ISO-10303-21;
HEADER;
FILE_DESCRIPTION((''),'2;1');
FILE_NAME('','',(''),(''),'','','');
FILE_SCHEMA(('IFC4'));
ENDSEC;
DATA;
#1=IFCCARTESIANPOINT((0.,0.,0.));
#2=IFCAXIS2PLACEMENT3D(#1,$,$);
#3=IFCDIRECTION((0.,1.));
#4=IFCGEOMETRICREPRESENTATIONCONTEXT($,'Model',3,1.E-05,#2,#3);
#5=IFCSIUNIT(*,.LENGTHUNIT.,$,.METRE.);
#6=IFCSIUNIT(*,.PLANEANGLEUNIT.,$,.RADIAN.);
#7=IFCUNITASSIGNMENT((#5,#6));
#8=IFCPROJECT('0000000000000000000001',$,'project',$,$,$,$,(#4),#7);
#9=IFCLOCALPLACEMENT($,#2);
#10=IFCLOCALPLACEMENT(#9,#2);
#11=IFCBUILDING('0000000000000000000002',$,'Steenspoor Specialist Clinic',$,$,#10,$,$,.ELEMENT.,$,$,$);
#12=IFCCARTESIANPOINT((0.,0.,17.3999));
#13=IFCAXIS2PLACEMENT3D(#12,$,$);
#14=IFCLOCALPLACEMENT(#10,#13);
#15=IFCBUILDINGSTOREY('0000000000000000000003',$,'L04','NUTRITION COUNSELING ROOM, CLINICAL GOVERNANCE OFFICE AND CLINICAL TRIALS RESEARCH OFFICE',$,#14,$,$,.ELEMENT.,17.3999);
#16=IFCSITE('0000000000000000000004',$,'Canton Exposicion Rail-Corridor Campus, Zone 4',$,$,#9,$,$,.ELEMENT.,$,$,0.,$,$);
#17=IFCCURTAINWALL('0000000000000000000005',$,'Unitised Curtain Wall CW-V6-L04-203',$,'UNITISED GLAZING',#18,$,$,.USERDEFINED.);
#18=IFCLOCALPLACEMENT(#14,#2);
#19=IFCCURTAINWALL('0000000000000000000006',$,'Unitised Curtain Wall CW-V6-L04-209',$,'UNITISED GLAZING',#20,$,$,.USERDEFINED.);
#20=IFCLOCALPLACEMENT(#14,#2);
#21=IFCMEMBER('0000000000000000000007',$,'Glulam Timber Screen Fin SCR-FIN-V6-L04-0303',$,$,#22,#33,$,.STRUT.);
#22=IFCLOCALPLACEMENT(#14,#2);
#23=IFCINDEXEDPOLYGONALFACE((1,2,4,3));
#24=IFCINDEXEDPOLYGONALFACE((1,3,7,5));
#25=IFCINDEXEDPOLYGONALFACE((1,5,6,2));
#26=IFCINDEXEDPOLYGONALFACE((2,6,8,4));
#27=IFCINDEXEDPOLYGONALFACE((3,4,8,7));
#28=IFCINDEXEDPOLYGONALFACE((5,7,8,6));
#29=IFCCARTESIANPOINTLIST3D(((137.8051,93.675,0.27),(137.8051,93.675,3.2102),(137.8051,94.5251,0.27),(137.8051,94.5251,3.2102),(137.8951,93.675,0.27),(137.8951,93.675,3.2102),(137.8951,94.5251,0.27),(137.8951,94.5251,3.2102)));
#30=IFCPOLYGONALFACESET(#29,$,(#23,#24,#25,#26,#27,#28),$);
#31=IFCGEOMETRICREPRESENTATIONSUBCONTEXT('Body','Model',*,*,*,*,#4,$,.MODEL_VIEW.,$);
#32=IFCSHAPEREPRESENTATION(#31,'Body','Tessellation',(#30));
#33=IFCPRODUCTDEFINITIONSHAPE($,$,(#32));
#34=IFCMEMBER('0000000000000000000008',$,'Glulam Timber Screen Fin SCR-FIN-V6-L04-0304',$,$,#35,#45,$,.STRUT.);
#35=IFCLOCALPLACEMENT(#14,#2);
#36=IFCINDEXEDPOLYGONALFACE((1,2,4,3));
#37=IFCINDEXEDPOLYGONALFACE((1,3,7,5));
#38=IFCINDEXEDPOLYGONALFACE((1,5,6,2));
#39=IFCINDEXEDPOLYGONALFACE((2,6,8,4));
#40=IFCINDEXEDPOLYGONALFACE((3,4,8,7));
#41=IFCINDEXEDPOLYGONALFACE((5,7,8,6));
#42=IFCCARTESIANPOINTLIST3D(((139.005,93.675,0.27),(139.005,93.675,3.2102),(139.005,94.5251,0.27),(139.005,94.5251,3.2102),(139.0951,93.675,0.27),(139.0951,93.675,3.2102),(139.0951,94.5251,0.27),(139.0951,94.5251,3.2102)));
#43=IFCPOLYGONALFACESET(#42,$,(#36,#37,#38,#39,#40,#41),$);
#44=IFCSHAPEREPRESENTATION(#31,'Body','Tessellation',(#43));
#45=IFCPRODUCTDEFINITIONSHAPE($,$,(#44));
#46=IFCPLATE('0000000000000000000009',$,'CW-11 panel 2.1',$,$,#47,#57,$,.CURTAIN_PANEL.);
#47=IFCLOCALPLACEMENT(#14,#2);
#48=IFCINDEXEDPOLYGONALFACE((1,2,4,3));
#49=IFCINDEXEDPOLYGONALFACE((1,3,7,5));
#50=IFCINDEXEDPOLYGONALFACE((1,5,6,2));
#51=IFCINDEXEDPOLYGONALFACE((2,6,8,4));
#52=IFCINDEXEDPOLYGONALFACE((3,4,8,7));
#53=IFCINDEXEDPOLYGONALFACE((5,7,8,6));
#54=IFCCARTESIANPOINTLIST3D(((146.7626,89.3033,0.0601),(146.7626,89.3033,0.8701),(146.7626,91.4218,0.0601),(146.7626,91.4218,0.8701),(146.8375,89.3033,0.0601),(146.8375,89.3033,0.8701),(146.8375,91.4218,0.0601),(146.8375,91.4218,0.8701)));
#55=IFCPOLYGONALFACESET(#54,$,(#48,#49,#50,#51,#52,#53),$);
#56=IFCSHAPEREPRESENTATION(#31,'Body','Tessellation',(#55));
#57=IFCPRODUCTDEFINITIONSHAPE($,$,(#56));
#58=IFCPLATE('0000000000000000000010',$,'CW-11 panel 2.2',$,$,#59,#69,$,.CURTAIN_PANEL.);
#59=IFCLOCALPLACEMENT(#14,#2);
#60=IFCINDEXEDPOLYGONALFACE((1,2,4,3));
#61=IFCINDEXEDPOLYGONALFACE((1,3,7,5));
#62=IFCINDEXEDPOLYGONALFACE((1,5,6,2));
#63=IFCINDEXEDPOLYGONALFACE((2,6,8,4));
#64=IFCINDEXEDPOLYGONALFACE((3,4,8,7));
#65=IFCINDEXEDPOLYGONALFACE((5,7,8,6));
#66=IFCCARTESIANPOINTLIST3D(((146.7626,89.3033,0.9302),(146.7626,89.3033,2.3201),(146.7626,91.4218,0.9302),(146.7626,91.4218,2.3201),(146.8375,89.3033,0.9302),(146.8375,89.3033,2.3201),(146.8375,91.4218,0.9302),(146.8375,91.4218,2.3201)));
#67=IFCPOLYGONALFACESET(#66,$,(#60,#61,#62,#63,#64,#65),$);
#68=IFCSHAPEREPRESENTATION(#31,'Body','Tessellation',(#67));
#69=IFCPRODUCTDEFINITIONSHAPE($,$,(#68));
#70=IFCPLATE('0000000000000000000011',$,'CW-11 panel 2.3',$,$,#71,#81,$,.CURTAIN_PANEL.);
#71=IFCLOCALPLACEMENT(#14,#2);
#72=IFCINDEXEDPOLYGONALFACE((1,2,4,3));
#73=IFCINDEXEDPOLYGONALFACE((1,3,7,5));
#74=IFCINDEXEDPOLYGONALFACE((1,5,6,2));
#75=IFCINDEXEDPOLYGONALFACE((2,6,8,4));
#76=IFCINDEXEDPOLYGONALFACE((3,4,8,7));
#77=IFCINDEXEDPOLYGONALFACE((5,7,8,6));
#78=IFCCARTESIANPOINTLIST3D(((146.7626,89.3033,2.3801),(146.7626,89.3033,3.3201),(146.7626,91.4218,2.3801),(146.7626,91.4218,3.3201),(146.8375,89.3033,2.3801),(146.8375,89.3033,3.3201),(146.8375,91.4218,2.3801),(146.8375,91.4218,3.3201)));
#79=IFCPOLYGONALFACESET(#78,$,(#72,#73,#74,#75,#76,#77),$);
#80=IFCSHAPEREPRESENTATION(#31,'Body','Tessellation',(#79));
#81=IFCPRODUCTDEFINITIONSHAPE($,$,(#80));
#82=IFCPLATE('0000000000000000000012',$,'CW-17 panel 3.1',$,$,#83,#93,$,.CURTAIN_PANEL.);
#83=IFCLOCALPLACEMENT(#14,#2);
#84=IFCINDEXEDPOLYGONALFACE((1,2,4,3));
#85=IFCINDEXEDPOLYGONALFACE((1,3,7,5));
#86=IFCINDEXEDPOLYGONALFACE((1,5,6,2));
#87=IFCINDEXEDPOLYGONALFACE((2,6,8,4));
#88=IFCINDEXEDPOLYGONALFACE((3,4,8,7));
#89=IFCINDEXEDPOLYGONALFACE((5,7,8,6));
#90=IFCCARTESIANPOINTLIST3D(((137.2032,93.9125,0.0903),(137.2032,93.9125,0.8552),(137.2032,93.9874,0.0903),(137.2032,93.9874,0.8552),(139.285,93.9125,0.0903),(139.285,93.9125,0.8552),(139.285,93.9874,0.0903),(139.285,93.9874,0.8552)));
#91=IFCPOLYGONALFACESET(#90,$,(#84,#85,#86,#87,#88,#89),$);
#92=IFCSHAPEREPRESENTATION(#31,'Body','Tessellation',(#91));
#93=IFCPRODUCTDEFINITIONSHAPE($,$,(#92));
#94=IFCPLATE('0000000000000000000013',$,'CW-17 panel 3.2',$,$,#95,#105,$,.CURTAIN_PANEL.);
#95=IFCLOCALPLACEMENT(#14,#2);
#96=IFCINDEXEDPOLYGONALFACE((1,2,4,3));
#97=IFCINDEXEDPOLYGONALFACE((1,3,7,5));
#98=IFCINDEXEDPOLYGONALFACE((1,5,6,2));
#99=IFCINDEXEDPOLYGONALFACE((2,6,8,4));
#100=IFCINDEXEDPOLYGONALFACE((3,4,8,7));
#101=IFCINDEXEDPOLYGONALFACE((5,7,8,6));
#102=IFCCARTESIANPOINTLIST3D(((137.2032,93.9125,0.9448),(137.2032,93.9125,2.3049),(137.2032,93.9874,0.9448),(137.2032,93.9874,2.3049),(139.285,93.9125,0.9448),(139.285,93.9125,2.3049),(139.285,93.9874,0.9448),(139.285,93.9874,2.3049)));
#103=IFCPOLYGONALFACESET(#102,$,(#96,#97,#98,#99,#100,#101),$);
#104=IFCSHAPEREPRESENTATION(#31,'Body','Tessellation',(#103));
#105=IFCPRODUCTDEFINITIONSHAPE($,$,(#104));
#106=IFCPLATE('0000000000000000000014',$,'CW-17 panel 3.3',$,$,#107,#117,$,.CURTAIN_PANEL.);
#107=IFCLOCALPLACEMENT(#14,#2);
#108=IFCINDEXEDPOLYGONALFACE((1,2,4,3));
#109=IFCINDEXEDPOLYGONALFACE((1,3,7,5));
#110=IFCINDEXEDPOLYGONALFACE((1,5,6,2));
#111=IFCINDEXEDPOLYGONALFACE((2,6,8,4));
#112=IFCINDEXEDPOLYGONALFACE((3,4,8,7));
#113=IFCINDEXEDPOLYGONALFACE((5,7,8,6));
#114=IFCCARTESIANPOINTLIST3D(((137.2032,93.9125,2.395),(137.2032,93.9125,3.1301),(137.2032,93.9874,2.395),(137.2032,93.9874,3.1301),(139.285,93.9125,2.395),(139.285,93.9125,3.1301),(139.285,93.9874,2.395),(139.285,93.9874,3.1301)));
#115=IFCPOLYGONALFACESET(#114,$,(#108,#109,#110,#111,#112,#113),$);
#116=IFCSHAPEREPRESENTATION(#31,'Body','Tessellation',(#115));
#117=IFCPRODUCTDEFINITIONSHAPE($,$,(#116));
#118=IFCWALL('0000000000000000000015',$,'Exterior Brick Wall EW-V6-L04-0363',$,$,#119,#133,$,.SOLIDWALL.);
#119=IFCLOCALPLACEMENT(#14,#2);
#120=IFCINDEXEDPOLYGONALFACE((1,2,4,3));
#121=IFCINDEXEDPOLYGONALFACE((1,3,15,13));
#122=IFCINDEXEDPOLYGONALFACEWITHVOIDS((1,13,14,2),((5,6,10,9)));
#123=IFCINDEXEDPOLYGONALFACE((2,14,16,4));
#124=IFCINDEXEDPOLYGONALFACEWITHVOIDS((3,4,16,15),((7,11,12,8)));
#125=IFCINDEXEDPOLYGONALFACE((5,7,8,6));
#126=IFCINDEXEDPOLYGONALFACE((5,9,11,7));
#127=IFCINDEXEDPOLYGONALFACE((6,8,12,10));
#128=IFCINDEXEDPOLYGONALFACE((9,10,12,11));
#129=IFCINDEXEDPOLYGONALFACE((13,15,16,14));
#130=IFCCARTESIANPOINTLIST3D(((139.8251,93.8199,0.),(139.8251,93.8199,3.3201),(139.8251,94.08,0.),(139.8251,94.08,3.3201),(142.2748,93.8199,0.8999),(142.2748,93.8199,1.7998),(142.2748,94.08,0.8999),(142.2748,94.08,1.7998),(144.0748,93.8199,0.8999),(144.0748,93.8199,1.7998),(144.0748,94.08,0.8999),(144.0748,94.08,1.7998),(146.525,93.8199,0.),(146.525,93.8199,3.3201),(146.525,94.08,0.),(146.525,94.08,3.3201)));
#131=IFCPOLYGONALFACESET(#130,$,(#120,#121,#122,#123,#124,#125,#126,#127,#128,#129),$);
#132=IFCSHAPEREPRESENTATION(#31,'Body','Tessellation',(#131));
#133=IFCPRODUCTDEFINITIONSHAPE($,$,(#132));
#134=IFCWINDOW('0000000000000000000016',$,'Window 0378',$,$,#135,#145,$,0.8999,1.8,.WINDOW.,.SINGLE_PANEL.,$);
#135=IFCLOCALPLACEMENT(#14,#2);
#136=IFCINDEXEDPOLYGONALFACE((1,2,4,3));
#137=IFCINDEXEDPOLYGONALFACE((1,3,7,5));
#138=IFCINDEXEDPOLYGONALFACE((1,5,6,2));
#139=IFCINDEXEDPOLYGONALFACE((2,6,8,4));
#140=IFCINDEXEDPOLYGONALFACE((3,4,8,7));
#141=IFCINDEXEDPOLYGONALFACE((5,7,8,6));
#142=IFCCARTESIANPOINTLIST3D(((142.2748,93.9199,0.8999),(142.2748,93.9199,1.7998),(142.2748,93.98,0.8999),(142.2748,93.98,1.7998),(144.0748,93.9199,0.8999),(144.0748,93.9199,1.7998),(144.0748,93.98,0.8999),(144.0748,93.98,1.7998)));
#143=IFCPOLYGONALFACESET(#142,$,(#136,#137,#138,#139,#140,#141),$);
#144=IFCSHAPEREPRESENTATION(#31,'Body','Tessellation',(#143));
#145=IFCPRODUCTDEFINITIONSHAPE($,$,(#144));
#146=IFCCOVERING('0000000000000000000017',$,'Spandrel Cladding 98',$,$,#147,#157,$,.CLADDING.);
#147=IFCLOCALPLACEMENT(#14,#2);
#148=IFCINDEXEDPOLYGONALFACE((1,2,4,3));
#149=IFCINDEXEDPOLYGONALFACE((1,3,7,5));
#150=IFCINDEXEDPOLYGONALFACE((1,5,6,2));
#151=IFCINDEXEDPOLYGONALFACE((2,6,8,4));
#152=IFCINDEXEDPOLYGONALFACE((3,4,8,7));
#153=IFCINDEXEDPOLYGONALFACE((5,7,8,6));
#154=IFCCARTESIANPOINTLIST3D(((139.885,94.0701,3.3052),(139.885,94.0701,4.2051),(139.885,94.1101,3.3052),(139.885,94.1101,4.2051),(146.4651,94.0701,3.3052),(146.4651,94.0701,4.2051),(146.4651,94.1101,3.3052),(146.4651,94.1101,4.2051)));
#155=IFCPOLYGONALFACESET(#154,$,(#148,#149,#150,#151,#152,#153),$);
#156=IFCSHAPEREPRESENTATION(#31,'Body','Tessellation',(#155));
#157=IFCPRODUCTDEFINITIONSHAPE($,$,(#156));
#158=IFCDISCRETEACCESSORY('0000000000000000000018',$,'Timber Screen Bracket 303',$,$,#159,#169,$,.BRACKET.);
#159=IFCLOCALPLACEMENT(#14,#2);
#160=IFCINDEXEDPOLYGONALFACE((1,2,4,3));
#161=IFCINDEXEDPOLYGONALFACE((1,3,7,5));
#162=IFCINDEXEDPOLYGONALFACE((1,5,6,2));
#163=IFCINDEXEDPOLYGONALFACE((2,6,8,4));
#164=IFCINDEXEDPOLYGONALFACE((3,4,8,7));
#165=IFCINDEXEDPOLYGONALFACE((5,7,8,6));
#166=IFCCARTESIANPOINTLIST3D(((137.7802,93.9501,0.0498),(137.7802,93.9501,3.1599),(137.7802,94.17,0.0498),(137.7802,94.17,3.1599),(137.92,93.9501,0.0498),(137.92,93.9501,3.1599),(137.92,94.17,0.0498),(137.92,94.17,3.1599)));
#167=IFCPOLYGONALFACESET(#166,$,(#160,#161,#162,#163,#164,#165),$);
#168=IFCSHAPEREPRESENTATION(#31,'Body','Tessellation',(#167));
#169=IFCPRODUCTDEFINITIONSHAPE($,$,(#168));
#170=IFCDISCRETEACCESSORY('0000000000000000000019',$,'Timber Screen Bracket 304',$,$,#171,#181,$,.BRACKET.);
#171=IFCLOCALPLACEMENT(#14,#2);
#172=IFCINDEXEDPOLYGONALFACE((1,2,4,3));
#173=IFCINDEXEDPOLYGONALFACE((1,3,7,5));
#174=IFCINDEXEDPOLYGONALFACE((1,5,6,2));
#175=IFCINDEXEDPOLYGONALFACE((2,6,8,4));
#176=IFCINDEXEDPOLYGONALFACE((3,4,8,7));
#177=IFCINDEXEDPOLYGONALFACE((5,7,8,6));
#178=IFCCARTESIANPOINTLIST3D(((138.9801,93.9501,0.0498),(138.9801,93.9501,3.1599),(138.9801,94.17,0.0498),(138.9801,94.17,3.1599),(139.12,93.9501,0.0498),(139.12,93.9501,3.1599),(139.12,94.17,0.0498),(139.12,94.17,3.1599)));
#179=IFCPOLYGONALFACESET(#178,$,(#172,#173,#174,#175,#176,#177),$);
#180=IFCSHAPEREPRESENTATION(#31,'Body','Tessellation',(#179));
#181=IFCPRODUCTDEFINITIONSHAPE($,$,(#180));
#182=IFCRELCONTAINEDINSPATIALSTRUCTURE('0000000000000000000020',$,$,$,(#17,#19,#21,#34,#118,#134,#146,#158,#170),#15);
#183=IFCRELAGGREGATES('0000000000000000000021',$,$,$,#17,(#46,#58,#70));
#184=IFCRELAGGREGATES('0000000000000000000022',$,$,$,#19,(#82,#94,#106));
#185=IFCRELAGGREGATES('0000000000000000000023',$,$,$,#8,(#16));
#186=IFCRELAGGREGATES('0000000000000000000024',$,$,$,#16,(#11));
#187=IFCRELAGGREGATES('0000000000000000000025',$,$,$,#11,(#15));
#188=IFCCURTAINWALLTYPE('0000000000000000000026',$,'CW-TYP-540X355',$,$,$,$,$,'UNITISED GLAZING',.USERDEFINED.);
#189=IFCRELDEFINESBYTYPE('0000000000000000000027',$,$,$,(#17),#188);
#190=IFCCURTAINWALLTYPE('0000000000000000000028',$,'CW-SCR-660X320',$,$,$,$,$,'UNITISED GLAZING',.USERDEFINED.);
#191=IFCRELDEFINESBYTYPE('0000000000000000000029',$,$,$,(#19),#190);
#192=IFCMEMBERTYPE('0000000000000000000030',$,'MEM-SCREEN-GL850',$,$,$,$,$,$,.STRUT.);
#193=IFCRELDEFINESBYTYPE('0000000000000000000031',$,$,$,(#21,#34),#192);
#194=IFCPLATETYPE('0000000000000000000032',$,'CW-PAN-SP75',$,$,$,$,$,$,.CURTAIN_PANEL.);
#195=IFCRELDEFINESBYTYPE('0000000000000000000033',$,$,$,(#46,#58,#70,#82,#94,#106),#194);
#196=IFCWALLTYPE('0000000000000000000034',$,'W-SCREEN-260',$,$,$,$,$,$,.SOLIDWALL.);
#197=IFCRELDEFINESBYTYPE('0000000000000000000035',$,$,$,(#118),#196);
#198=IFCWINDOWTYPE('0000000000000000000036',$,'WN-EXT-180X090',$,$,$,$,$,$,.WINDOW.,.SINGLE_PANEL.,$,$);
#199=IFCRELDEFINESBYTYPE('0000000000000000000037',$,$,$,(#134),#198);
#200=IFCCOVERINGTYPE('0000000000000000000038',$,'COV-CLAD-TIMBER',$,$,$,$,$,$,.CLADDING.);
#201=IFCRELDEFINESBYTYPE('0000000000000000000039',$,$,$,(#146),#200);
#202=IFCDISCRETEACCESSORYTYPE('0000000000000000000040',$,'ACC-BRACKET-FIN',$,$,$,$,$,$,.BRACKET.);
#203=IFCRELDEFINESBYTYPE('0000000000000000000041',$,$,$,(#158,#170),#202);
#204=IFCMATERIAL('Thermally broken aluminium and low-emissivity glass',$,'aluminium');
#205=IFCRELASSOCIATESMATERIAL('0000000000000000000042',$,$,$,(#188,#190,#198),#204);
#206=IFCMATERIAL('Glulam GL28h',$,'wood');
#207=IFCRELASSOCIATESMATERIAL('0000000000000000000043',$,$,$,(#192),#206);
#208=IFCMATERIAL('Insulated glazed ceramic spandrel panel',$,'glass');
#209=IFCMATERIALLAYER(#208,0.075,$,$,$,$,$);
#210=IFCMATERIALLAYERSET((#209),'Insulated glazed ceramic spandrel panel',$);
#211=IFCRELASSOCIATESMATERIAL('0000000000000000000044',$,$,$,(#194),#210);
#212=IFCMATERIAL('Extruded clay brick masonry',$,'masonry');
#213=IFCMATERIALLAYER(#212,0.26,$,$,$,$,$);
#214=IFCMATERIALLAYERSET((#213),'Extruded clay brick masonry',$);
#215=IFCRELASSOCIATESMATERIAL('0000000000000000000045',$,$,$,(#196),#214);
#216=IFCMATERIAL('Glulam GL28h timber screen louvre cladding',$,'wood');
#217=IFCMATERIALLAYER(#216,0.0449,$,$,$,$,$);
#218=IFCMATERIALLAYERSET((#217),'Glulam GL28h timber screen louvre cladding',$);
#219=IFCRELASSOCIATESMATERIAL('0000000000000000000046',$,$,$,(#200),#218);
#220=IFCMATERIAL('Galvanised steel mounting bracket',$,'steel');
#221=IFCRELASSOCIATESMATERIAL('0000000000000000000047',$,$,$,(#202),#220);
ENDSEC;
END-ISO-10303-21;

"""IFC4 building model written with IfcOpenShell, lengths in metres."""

from ifc_helpers import new_model, si_unit, direction, frame, frame_2d, origin, origin_2d, place, context, subcontext, project, spatial, rectangle, extrude, material, layer, layer_set, material_profile, profile_set, type_object, element, fill, aggregate, save


model = new_model("IFC4")

# Units and contexts
model_context = context("Model", 3, precision=1e-05, world=origin(), true_north=direction((0.0, 1.0)))
body_context = subcontext(model_context, "Body", "Model", "MODEL_VIEW")
ifc_project = project(units=[si_unit("LENGTHUNIT", "METRE"), si_unit("PLANEANGLEUNIT", "RADIAN")], contexts=[model_context])

# Site, building, storey
site_placement = place(None, origin())
site = spatial("IfcSite", under=ifc_project, at=site_placement, Name="Canton Exposicion Rail-Corridor Campus, Zone 4", CompositionType="ELEMENT", RefElevation=0.0)
building_placement = place(site_placement, origin())
building = spatial("IfcBuilding", under=site, at=building_placement, Name="Steenspoor Specialist Clinic", CompositionType="ELEMENT")
storey_placement = place(building_placement, frame((0.0, 0.0, 17.3999)))
storey = spatial("IfcBuildingStorey", under=building, at=storey_placement, Name="L04", Description="NUTRITION COUNSELING ROOM, CLINICAL GOVERNANCE OFFICE AND CLINICAL TRIALS RESEARCH OFFICE", CompositionType="ELEMENT", Elevation=17.3999)

# Curtain wall
ifc_material_1 = material(Name="Thermally broken aluminium and low-emissivity glass", Category="aluminium")
curtain_wall_type_1 = type_object("IfcCurtainWallType", Name="CW-TYP-540X355", ElementType="UNITISED GLAZING", PredefinedType="USERDEFINED", material=ifc_material_1)
curtain_wall_1_placement = place(storey_placement, origin())
curtain_wall_1 = element("IfcCurtainWall", 1, at=curtain_wall_1_placement, inside=storey, type_object=curtain_wall_type_1, Name="Unitised Curtain Wall CW-V6-L04-203", ObjectType="UNITISED GLAZING", PredefinedType="USERDEFINED")

# Curtain wall
curtain_wall_type_2 = type_object("IfcCurtainWallType", Name="CW-SCR-660X320", ElementType="UNITISED GLAZING", PredefinedType="USERDEFINED", material=ifc_material_1)
curtain_wall_2_placement = place(storey_placement, origin())
curtain_wall_2 = element("IfcCurtainWall", 2, at=curtain_wall_2_placement, inside=storey, type_object=curtain_wall_type_2, Name="Unitised Curtain Wall CW-V6-L04-209", ObjectType="UNITISED GLAZING", PredefinedType="USERDEFINED")

# Members
ifc_material_2 = material(Name="Glulam GL28h", Category="wood")
ifc_material_profile_1 = material_profile(ifc_material_2, rectangle(XDim=0.0901, YDim=0.8501, at=origin_2d()), Name="GL28H-90X850")
ifc_profile_set_1 = profile_set([ifc_material_profile_1], Name="Glulam GL28h")
member_type_1 = type_object("IfcMemberType", Name="MEM-SCREEN-GL850", PredefinedType="STRUT", material=ifc_profile_set_1)
for number, where, z_axis, x_axis, name in (
    (3, (137.8501, 94.1001, 0.27), (0.0, 0.0, 1.0), (1.0, 0.0, 0.0), "Glulam Timber Screen Fin SCR-FIN-V6-L04-0303"),
    (4, (139.05, 94.1001, 0.27), (0.0, 0.0, 1.0), (1.0, 0.0, 0.0), "Glulam Timber Screen Fin SCR-FIN-V6-L04-0304"),
):
    element("IfcMember", number, at=place(storey_placement, frame(where, z_axis=z_axis, x_axis=x_axis)), inside=storey, type_object=member_type_1, Name=name, PredefinedType="STRUT", context=body_context, shape_type="SweptSolid", body=[
        extrude(rectangle(XDim=0.0901, YDim=0.8501, at=origin_2d()), origin(), (0.0, 0.0, 1.0), 2.9402),
    ])

# Plates
ifc_material_3 = material(Name="Insulated glazed ceramic spandrel panel", Category="glass")
ifc_layer_1 = layer(ifc_material_3, 0.075)
ifc_layer_set_1 = layer_set([ifc_layer_1], Name="Insulated glazed ceramic spandrel panel")
plate_type = type_object("IfcPlateType", Name="CW-PAN-SP75", PredefinedType="CURTAIN_PANEL", material=ifc_layer_set_1)
plate_1_placement = place(storey_placement, frame((146.8, 90.3625, 0.0601), z_axis=(0.0, 0.0, 1.0), x_axis=(0.0, -1.0, 0.0)))
plate_1 = element("IfcPlate", 5, at=plate_1_placement, type_object=plate_type, Name="CW-11 panel 2.1", PredefinedType="CURTAIN_PANEL", context=body_context, shape_type="SweptSolid", body=[
    extrude(rectangle(XDim=2.1184, YDim=0.075, at=origin_2d()), origin(), (0.0, 0.0, 1.0), 0.8101),
])
plate_2_placement = place(storey_placement, frame((146.8, 90.3625, 0.9302), z_axis=(0.0, 0.0, 1.0), x_axis=(0.0, -1.0, 0.0)))
plate_2 = element("IfcPlate", 6, at=plate_2_placement, type_object=plate_type, Name="CW-11 panel 2.2", PredefinedType="CURTAIN_PANEL", context=body_context, shape_type="SweptSolid", body=[
    extrude(rectangle(XDim=2.1184, YDim=0.075, at=origin_2d()), origin(), (0.0, 0.0, 1.0), 1.3899),
])
plate_3_placement = place(storey_placement, frame((146.8, 90.3625, 2.3801), z_axis=(0.0, 0.0, 1.0), x_axis=(0.0, -1.0, 0.0)))
plate_3 = element("IfcPlate", 7, at=plate_3_placement, type_object=plate_type, Name="CW-11 panel 2.3", PredefinedType="CURTAIN_PANEL", context=body_context, shape_type="SweptSolid", body=[
    extrude(rectangle(XDim=2.1184, YDim=0.075, at=origin_2d()), origin(), (0.0, 0.0, 1.0), 0.9399),
])
aggregate(curtain_wall_1, [plate_1, plate_2, plate_3])
plate_4_placement = place(storey_placement, frame((138.2441, 93.95, 0.0903), z_axis=(0.0, 0.0, 1.0), x_axis=(1.0, 0.0, 0.0)))
plate_4 = element("IfcPlate", 8, at=plate_4_placement, type_object=plate_type, Name="CW-17 panel 3.1", PredefinedType="CURTAIN_PANEL", context=body_context, shape_type="SweptSolid", body=[
    extrude(rectangle(XDim=2.0818, YDim=0.075, at=origin_2d()), origin(), (0.0, 0.0, 1.0), 0.7649),
])
plate_5_placement = place(storey_placement, frame((138.2441, 93.95, 0.9448), z_axis=(0.0, 0.0, 1.0), x_axis=(1.0, 0.0, 0.0)))
plate_5 = element("IfcPlate", 9, at=plate_5_placement, type_object=plate_type, Name="CW-17 panel 3.2", PredefinedType="CURTAIN_PANEL", context=body_context, shape_type="SweptSolid", body=[
    extrude(rectangle(XDim=2.0818, YDim=0.075, at=origin_2d()), origin(), (0.0, 0.0, 1.0), 1.3601),
])
plate_6_placement = place(storey_placement, frame((138.2441, 93.95, 2.395), z_axis=(0.0, 0.0, 1.0), x_axis=(1.0, 0.0, 0.0)))
plate_6 = element("IfcPlate", 10, at=plate_6_placement, type_object=plate_type, Name="CW-17 panel 3.3", PredefinedType="CURTAIN_PANEL", context=body_context, shape_type="SweptSolid", body=[
    extrude(rectangle(XDim=2.0818, YDim=0.075, at=origin_2d()), origin(), (0.0, 0.0, 1.0), 0.7351),
])
aggregate(curtain_wall_2, [plate_4, plate_5, plate_6])

# Wall, opening, window
ifc_material_4 = material(Name="Extruded clay brick masonry", Category="masonry")
ifc_layer_2 = layer(ifc_material_4, 0.26)
ifc_layer_set_2 = layer_set([ifc_layer_2], Name="Extruded clay brick masonry")
wall_type = type_object("IfcWallType", Name="W-SCREEN-260", PredefinedType="SOLIDWALL", material=ifc_layer_set_2)
wall_placement = place(storey_placement, frame((139.825, 93.95, 0.0), z_axis=(0.0, 0.0, 1.0), x_axis=(1.0, 0.0, 0.0)))
wall = element("IfcWall", 11, at=wall_placement, inside=storey, type_object=wall_type, Name="Exterior Brick Wall EW-V6-L04-0363", PredefinedType="SOLIDWALL", context=body_context, shape_type="SweptSolid", body=[
    extrude(rectangle(XDim=6.7, YDim=0.26, at=frame_2d((3.3501, 0.0))), origin(), (0.0, 0.0, 1.0), 3.3201),
])
opening_placement = place(wall_placement, frame((2.45, 0.0, 0.8999)))
opening = element("IfcOpeningElement", 12, at=opening_placement, cuts=wall, PredefinedType="OPENING", context=body_context, shape_type="SweptSolid", body=[
    extrude(rectangle(XDim=1.8, YDim=0.8999, at=frame_2d((0.8999, 0.45))), frame((0.0, 0.1401, 0.0), z_axis=(0.0, -1.0, 0.0), x_axis=(1.0, 0.0, 0.0)), (0.0, 0.0, 1.0), 0.28),
])
window_type = type_object("IfcWindowType", Name="WN-EXT-180X090", PartitioningType="SINGLE_PANEL", PredefinedType="WINDOW", material=ifc_material_1)
window_placement = place(opening_placement, origin())
window = element("IfcWindow", 13, at=window_placement, inside=storey, type_object=window_type, Name="Window 0378", OverallHeight=0.8999, OverallWidth=1.8, PartitioningType="SINGLE_PANEL", PredefinedType="WINDOW", context=body_context, shape_type="SweptSolid", body=[
    extrude(rectangle(XDim=1.8, YDim=0.8999, at=frame_2d((0.8999, 0.45))), frame((0.0, 0.03, 0.0), z_axis=(0.0, -1.0, 0.0), x_axis=(1.0, 0.0, 0.0)), (0.0, 0.0, 1.0), 0.0601),
])
fill(opening, window)

# Covering
ifc_material_5 = material(Name="Glulam GL28h timber screen louvre cladding", Category="wood")
ifc_layer_3 = layer(ifc_material_5, 0.0449)
ifc_layer_set_3 = layer_set([ifc_layer_3], Name="Glulam GL28h timber screen louvre cladding")
covering_type = type_object("IfcCoveringType", Name="COV-CLAD-TIMBER", PredefinedType="CLADDING", material=ifc_layer_set_3)
covering_placement = place(storey_placement, frame((143.175, 94.0901, 3.3052), z_axis=(0.0, 0.0, 1.0), x_axis=(1.0, 0.0, 0.0)))
element("IfcCovering", 14, at=covering_placement, inside=storey, type_object=covering_type, Name="Spandrel Cladding 98", PredefinedType="CLADDING", context=body_context, shape_type="SweptSolid", body=[
    extrude(rectangle(XDim=6.5801, YDim=0.04, at=origin_2d()), origin(), (0.0, 0.0, 1.0), 0.8999),
])

# Discrete accessories
ifc_material_6 = material(Name="Galvanised steel mounting bracket", Category="steel")
discrete_accessory_type = type_object("IfcDiscreteAccessoryType", Name="ACC-BRACKET-FIN", PredefinedType="BRACKET", material=ifc_material_6)
for number, where, z_axis, x_axis, name in (
    (15, (137.8501, 94.0601, 0.0498), (0.0, 0.0, 1.0), (0.0, 1.0, 0.0), "Timber Screen Bracket 303"),
    (16, (139.05, 94.0601, 0.0498), (0.0, 0.0, 1.0), (0.0, 1.0, 0.0), "Timber Screen Bracket 304"),
):
    element("IfcDiscreteAccessory", number, at=place(storey_placement, frame(where, z_axis=z_axis, x_axis=x_axis)), inside=storey, type_object=discrete_accessory_type, Name=name, PredefinedType="BRACKET", context=body_context, shape_type="SweptSolid", body=[
        extrude(rectangle(XDim=0.22, YDim=0.1399, at=origin_2d()), origin(), (0.0, 0.0, 1.0), 3.1101),
    ])

save(model, "model.ifc")
